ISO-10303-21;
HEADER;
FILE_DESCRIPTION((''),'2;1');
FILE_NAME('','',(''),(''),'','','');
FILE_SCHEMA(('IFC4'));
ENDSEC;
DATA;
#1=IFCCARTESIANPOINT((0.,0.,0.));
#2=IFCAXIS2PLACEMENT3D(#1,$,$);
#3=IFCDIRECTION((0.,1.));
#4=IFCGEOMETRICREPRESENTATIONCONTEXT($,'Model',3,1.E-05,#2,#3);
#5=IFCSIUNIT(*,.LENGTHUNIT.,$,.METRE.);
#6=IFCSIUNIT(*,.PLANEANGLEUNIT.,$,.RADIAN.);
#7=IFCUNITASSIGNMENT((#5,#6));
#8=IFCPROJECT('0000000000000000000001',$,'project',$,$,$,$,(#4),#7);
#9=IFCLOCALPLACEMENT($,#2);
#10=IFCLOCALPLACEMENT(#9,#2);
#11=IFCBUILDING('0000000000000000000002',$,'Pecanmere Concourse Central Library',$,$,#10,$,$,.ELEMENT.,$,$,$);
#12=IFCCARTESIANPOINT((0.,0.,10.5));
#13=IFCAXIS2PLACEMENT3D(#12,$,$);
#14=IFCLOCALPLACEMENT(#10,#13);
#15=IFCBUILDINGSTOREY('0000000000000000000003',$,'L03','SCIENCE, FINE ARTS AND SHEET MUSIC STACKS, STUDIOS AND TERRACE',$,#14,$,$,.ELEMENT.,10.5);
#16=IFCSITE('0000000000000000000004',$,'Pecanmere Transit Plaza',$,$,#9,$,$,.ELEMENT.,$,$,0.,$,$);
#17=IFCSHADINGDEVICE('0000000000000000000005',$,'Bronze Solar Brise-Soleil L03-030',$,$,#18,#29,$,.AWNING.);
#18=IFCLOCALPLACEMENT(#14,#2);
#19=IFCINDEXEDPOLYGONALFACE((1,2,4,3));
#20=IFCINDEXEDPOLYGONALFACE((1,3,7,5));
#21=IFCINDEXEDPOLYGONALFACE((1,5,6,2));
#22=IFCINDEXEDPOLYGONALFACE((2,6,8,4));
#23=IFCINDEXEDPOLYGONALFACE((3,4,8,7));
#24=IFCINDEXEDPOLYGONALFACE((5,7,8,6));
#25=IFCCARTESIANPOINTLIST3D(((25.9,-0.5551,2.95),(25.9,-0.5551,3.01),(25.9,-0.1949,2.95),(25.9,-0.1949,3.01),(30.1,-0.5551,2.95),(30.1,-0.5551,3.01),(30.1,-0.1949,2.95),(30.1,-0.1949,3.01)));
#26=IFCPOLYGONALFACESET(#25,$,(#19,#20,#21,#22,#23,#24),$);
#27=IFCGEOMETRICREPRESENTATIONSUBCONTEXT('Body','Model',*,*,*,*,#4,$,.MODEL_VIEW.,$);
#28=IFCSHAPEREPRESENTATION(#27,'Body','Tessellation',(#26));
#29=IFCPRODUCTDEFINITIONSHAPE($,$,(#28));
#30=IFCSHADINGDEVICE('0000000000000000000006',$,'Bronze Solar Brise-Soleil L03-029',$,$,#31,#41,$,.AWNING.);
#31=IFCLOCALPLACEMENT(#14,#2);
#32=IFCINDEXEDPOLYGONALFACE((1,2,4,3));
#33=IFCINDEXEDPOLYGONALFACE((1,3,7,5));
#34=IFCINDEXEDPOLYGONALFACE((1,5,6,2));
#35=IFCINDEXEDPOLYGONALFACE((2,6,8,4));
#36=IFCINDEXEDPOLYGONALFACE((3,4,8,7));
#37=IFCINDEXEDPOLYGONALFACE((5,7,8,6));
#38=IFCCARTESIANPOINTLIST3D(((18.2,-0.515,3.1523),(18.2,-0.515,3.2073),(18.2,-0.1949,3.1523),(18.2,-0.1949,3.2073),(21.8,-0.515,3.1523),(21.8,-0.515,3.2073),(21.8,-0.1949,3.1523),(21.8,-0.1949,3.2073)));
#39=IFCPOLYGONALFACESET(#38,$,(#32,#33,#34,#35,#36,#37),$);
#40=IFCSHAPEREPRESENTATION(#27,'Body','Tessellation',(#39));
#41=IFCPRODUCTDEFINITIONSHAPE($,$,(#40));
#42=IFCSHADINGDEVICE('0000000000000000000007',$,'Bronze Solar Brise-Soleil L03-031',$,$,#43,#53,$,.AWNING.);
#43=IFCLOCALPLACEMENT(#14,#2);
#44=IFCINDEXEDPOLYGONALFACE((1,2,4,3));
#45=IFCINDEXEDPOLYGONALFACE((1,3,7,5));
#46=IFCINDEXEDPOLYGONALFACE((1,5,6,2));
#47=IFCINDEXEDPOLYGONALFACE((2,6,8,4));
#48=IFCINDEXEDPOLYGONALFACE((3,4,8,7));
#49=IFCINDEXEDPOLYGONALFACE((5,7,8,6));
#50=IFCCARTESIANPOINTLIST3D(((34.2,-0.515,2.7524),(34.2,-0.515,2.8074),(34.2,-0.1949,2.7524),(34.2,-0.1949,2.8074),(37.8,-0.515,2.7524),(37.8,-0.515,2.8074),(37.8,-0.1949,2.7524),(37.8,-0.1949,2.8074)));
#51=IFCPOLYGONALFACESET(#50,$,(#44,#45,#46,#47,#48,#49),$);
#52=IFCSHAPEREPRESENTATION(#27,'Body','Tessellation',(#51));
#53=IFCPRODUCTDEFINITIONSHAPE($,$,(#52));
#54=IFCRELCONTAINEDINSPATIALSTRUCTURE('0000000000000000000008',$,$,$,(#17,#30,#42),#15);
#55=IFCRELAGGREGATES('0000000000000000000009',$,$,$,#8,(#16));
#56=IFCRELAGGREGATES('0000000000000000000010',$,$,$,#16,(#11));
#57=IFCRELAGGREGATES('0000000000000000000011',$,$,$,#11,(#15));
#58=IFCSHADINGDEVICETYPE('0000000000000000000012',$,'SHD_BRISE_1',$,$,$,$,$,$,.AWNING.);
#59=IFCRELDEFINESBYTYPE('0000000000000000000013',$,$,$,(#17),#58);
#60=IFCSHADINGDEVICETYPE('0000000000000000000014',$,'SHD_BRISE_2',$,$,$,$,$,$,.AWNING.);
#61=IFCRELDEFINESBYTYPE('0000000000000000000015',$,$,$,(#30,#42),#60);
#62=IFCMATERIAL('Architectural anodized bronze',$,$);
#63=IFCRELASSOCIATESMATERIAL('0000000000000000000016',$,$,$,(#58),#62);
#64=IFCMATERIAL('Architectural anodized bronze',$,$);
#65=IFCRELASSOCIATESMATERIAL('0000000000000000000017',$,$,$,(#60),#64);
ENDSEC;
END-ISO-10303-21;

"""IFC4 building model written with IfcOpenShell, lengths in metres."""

from ifc_helpers import new_model, si_unit, direction, frame, origin, origin_2d, place, context, subcontext, project, spatial, rectangle, extrude, material, type_object, element, save


model = new_model("IFC4")

# Units and contexts
model_context = context("Model", 3, precision=1e-05, world=origin(), true_north=direction((0.0, 1.0)))
body_context = subcontext(model_context, "Body", "Model", "MODEL_VIEW")
ifc_project = project(units=[si_unit("LENGTHUNIT", "METRE"), si_unit("PLANEANGLEUNIT", "RADIAN")], contexts=[model_context])

# Site, building, storey
site_placement = place(None, origin())
site = spatial("IfcSite", under=ifc_project, at=site_placement, Name="Pecanmere Transit Plaza", CompositionType="ELEMENT", RefElevation=0.0)
building_placement = place(site_placement, origin())
building = spatial("IfcBuilding", under=site, at=building_placement, Name="Pecanmere Concourse Central Library", CompositionType="ELEMENT")
storey_placement = place(building_placement, frame((0.0, 0.0, 10.5)))
storey = spatial("IfcBuildingStorey", under=building, at=storey_placement, Name="L03", Description="SCIENCE, FINE ARTS AND SHEET MUSIC STACKS, STUDIOS AND TERRACE", CompositionType="ELEMENT", Elevation=10.5)

# Shading devices
ifc_material_1 = material(Name="Architectural anodized bronze")
shading_device_type_1 = type_object("IfcShadingDeviceType", Name="SHD_BRISE_1", PredefinedType="AWNING", material=ifc_material_1)
shading_device_placement = place(storey_placement, frame((28.0, -0.375, 2.95), z_axis=(0.0, 0.0, 1.0), x_axis=(1.0, 0.0, 0.0)))
element("IfcShadingDevice", 1, at=shading_device_placement, inside=storey, type_object=shading_device_type_1, Name="Bronze Solar Brise-Soleil L03-030", PredefinedType="AWNING", context=body_context, shape_type="SweptSolid", body=[
    extrude(rectangle(XDim=4.2, YDim=0.3601, at=origin_2d()), origin(), (0.0, 0.0, 1.0), 0.0601),
])
ifc_material_2 = material(Name="Architectural anodized bronze")
shading_device_type_2 = type_object("IfcShadingDeviceType", Name="SHD_BRISE_2", PredefinedType="AWNING", material=ifc_material_2)
for number, where, z_axis, x_axis, name in (
    (2, (20.0, -0.355, 3.1523), (0.0, 0.0, 1.0), (1.0, 0.0, 0.0), "Bronze Solar Brise-Soleil L03-029"),
    (3, (36.0, -0.355, 2.7524), (0.0, 0.0, 1.0), (1.0, 0.0, 0.0), "Bronze Solar Brise-Soleil L03-031"),
):
    element("IfcShadingDevice", number, at=place(storey_placement, frame(where, z_axis=z_axis, x_axis=x_axis)), inside=storey, type_object=shading_device_type_2, Name=name, PredefinedType="AWNING", context=body_context, shape_type="SweptSolid", body=[
        extrude(rectangle(XDim=3.6001, YDim=0.3201, at=origin_2d()), origin(), (0.0, 0.0, 1.0), 0.0549),
    ])

save(model, "model.ifc")
